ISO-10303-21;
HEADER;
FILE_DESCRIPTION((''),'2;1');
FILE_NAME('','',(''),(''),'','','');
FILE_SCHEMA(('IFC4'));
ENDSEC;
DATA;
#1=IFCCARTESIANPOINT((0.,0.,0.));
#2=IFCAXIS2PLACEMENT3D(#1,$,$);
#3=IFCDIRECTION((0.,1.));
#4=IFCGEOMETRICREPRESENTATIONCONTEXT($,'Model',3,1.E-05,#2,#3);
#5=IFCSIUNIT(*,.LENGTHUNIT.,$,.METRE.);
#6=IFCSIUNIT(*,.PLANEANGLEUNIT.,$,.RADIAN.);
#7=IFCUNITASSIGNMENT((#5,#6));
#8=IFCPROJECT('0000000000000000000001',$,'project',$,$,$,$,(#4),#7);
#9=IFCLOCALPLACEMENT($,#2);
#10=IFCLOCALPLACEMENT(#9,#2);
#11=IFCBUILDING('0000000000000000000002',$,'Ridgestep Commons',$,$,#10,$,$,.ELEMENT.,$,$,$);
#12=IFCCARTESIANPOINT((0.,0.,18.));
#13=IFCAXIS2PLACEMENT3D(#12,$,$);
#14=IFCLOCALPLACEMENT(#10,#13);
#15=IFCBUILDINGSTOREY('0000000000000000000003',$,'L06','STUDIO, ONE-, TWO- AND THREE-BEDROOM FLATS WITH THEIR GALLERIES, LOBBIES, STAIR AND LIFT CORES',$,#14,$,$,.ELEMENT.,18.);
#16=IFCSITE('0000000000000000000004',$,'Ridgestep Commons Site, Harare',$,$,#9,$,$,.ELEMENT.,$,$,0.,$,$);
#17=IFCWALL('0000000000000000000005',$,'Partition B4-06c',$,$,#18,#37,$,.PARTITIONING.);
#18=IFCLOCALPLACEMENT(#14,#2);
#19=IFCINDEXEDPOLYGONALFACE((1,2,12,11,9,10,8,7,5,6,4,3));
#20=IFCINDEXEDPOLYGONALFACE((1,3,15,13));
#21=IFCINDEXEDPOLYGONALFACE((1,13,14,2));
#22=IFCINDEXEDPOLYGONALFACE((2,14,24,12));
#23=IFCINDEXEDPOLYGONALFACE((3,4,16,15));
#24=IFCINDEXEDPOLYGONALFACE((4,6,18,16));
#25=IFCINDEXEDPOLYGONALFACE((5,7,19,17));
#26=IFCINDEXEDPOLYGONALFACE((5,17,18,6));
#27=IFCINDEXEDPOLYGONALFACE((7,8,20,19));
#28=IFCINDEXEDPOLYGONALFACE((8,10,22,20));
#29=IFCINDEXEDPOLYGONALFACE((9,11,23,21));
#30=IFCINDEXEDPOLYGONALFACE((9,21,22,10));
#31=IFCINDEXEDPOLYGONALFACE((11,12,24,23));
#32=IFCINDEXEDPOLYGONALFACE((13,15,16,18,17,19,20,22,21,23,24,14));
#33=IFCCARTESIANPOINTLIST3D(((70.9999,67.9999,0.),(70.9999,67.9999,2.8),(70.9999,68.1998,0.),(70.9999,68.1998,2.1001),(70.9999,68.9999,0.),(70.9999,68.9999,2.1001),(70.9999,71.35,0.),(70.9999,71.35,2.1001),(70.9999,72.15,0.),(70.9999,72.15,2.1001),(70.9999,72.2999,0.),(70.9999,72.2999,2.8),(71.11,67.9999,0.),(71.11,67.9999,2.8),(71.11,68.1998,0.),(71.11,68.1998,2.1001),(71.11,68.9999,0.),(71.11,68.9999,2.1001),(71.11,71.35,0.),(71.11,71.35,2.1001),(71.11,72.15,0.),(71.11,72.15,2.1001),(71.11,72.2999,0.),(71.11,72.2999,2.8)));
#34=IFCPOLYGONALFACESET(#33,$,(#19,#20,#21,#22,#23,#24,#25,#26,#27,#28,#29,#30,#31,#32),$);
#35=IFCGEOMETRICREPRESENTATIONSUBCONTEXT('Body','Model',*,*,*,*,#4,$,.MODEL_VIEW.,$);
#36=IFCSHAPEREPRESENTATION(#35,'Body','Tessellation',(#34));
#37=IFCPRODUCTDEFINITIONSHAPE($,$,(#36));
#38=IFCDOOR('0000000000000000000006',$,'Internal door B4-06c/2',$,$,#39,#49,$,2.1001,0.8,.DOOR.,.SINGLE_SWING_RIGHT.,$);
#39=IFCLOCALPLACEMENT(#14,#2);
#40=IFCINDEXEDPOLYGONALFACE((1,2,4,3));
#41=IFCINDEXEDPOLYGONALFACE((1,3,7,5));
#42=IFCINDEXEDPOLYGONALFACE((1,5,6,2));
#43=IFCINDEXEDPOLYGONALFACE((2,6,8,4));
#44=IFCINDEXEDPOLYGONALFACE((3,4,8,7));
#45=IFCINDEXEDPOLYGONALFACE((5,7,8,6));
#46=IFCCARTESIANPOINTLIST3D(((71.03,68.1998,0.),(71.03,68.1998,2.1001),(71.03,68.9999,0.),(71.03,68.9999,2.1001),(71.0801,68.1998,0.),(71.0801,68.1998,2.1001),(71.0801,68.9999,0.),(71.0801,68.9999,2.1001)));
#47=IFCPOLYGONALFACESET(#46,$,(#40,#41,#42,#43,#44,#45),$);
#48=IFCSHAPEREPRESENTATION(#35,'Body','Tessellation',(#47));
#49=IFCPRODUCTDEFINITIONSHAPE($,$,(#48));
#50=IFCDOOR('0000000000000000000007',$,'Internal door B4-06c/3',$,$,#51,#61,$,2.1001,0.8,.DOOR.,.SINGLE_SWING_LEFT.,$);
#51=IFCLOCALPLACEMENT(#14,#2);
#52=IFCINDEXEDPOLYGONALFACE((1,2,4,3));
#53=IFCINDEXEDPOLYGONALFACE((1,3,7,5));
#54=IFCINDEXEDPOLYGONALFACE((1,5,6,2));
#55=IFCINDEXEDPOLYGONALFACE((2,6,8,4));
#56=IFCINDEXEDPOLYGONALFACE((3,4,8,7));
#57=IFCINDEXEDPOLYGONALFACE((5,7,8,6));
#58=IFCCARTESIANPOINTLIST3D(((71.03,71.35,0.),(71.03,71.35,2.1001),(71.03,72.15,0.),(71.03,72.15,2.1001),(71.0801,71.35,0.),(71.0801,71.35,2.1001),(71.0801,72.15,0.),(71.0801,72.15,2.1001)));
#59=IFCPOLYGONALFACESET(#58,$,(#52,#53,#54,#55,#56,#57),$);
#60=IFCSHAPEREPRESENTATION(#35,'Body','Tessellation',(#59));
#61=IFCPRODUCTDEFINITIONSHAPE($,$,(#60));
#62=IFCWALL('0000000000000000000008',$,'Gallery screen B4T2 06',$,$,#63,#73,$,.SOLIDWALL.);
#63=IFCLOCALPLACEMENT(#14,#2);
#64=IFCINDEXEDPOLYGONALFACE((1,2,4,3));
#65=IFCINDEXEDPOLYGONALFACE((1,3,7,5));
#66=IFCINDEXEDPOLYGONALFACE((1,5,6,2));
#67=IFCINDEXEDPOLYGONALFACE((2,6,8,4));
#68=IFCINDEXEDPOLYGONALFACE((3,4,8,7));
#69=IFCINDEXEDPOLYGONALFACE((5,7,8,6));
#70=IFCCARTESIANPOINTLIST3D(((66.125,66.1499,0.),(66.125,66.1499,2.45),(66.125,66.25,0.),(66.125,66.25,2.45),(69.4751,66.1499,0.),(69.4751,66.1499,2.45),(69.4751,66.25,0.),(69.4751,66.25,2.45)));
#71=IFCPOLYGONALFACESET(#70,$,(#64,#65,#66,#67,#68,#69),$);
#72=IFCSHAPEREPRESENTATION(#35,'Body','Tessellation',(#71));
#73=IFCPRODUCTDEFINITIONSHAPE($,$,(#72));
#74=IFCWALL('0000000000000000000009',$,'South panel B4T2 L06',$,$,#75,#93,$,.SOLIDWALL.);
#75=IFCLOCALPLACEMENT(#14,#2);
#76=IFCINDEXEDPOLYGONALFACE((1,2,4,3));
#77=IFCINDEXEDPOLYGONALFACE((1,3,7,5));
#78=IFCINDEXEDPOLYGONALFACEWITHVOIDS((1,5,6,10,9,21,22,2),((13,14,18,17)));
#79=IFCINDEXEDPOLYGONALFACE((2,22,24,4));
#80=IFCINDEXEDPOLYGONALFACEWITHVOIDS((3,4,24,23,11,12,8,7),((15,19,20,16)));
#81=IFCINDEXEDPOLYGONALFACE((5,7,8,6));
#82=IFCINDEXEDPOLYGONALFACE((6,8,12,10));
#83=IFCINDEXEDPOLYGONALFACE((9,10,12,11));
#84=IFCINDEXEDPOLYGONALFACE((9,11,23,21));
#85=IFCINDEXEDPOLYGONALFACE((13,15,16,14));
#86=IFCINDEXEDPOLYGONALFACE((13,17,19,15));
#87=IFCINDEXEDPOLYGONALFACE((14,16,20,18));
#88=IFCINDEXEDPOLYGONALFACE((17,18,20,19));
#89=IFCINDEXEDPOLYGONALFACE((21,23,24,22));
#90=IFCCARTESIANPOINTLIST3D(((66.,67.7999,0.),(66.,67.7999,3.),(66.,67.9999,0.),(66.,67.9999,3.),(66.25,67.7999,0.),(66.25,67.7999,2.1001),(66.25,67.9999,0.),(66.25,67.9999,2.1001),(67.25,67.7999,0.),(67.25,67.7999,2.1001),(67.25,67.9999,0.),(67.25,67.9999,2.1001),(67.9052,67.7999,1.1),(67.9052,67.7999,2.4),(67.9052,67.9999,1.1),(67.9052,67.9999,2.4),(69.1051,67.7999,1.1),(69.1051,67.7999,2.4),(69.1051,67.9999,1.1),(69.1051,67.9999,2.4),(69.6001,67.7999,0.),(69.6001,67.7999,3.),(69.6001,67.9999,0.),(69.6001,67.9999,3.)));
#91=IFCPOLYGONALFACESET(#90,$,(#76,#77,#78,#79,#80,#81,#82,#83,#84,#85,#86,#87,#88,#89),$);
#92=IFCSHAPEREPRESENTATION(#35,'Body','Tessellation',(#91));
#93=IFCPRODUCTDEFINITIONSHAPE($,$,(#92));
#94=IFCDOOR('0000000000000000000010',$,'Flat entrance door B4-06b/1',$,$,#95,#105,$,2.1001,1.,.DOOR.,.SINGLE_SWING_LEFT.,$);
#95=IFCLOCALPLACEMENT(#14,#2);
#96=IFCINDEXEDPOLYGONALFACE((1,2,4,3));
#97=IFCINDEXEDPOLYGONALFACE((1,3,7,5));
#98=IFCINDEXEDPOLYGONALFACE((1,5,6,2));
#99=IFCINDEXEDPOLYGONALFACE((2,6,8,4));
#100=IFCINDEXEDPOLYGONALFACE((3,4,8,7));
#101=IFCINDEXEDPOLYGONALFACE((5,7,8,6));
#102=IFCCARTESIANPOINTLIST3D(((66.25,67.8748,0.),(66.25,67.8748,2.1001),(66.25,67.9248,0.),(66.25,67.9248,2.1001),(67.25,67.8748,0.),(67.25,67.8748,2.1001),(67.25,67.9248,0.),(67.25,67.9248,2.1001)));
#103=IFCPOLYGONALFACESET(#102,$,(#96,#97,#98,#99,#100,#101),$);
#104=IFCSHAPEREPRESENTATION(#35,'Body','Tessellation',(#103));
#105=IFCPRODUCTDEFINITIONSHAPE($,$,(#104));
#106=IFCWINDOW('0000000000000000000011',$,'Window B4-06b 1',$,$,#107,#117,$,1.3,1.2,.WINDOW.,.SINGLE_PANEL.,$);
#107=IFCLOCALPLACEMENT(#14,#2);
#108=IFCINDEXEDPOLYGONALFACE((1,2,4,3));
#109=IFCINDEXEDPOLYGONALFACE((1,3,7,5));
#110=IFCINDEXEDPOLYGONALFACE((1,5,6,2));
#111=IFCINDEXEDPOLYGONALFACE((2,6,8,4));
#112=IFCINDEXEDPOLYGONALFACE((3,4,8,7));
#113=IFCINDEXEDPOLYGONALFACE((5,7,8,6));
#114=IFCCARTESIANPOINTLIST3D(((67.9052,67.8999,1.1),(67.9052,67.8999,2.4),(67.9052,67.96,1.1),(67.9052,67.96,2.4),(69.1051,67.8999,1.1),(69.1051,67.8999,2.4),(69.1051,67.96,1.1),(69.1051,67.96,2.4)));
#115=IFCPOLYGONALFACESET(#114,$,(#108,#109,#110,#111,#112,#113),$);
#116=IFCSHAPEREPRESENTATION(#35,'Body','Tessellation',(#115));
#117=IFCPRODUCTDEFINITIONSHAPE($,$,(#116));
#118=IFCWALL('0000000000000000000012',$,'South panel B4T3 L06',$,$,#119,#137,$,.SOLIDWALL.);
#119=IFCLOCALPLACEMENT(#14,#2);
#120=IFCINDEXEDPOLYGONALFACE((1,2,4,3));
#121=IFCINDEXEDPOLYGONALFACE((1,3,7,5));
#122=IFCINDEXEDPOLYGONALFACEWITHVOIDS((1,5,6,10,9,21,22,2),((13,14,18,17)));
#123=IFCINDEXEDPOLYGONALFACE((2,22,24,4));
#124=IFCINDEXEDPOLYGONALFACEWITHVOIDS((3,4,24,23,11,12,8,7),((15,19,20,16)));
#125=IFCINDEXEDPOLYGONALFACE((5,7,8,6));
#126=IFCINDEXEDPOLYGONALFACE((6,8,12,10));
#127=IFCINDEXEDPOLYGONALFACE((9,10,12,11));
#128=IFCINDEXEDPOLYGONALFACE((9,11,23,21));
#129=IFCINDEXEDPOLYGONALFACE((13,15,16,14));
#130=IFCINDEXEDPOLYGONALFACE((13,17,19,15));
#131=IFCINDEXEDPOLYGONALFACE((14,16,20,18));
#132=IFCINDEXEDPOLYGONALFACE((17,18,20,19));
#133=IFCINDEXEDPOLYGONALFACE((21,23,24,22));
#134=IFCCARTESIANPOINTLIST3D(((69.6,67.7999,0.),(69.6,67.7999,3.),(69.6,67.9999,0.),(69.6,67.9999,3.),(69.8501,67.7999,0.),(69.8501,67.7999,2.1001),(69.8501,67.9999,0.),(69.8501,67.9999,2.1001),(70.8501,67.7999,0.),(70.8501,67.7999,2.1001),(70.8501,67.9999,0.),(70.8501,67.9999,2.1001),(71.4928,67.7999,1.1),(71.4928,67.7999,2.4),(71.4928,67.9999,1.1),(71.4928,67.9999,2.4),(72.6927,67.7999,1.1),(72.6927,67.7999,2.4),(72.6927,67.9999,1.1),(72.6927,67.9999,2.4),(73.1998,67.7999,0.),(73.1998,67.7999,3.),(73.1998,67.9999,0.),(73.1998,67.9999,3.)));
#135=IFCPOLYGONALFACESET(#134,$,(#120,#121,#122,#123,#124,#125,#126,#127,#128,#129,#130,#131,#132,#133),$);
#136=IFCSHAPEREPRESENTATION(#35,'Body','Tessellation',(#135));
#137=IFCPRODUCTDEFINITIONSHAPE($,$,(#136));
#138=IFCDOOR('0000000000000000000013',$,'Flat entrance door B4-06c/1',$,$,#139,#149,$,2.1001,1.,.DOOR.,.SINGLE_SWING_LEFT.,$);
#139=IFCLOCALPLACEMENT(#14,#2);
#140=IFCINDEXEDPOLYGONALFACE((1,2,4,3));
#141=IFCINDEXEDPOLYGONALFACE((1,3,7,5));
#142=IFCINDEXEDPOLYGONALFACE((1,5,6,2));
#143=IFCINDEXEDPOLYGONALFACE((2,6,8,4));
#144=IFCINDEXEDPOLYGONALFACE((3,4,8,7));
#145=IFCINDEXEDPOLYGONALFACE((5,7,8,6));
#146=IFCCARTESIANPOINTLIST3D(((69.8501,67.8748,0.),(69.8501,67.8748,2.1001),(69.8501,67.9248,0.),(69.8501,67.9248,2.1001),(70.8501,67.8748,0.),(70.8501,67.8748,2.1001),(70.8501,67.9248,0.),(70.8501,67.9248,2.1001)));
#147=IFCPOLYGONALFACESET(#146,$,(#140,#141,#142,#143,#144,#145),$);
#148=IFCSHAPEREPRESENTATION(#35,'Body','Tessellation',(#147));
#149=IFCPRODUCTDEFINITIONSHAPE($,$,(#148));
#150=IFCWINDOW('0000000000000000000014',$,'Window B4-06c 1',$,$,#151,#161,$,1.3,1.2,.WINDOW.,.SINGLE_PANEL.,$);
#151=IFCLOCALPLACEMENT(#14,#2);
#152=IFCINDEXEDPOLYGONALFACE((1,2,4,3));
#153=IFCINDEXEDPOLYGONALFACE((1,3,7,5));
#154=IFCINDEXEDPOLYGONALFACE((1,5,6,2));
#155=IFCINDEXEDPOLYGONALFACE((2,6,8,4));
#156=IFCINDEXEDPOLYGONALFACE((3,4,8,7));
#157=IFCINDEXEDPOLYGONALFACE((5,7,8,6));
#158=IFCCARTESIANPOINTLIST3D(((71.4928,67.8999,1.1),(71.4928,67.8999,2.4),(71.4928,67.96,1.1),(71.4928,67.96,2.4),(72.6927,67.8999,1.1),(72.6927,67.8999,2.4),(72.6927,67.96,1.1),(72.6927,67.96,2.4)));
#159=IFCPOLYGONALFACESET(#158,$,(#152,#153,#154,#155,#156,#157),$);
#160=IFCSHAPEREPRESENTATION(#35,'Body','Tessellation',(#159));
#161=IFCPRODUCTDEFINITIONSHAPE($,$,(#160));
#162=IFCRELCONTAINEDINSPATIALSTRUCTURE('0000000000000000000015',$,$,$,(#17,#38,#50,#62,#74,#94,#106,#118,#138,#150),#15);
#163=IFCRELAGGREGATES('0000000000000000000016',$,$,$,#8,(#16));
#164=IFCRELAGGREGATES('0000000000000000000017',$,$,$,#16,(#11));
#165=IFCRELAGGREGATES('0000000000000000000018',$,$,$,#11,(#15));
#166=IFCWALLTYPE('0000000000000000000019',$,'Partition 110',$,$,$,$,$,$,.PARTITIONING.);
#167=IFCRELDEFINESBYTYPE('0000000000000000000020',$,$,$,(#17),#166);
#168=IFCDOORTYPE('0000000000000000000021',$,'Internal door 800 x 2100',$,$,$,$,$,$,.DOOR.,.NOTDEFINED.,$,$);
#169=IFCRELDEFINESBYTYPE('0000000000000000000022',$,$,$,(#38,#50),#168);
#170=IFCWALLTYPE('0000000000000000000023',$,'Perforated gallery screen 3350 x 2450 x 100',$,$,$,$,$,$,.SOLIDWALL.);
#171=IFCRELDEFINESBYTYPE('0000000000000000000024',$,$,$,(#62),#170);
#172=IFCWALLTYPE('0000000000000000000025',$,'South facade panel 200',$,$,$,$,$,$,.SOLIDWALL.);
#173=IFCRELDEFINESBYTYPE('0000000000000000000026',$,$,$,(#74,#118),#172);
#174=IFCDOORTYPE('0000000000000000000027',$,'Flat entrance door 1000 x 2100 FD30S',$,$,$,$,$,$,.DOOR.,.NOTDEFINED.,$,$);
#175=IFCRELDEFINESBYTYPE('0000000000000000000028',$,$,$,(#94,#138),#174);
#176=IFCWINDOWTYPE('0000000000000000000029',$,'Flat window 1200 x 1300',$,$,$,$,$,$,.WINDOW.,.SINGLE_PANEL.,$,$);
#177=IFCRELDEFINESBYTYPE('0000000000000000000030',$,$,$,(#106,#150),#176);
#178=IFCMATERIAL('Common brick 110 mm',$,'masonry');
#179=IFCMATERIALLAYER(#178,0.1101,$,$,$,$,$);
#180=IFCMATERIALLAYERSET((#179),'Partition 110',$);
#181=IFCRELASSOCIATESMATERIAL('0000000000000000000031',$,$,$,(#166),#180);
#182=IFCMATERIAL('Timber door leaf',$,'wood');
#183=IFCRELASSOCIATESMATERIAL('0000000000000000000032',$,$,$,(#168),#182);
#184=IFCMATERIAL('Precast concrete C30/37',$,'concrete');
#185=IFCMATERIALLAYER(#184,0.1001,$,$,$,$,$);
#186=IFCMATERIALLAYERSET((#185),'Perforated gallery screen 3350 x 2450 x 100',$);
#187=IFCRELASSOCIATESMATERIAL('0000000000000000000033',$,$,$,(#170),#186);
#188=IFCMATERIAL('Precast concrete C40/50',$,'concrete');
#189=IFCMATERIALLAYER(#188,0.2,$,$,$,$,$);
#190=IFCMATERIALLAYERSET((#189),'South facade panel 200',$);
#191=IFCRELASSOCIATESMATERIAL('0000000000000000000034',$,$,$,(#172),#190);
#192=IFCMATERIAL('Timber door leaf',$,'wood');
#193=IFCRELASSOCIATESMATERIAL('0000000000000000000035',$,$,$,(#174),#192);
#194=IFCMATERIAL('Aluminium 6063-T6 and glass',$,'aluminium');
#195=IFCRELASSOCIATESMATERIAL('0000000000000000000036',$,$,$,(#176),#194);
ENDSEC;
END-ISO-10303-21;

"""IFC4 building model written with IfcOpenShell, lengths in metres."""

from ifc_helpers import new_model, si_unit, direction, frame, frame_2d, origin, place, context, subcontext, project, spatial, rectangle, extrude, material, layer, layer_set, type_object, element, fill, save


model = new_model("IFC4")

# Units and contexts
model_context = context("Model", 3, precision=1e-05, world=origin(), true_north=direction((0.0, 1.0)))
body_context = subcontext(model_context, "Body", "Model", "MODEL_VIEW")
ifc_project = project(units=[si_unit("LENGTHUNIT", "METRE"), si_unit("PLANEANGLEUNIT", "RADIAN")], contexts=[model_context])

# Site, building, storey
site_placement = place(None, origin())
site = spatial("IfcSite", under=ifc_project, at=site_placement, Name="Ridgestep Commons Site, Harare", CompositionType="ELEMENT", RefElevation=0.0)
building_placement = place(site_placement, origin())
building = spatial("IfcBuilding", under=site, at=building_placement, Name="Ridgestep Commons", CompositionType="ELEMENT")
storey_placement = place(building_placement, frame((0.0, 0.0, 18.0)))
storey = spatial("IfcBuildingStorey", under=building, at=storey_placement, Name="L06", Description="STUDIO, ONE-, TWO- AND THREE-BEDROOM FLATS WITH THEIR GALLERIES, LOBBIES, STAIR AND LIFT CORES", CompositionType="ELEMENT", Elevation=18.0)

# Wall, openings, doors
ifc_material_1 = material(Name="Common brick 110 mm", Category="masonry")
ifc_layer_1 = layer(ifc_material_1, 0.1101)
ifc_layer_set_1 = layer_set([ifc_layer_1], Name="Partition 110")
wall_type_1 = type_object("IfcWallType", Name="Partition 110", PredefinedType="PARTITIONING", material=ifc_layer_set_1)
ifc_material_2 = material(Name="Timber door leaf", Category="wood")
door_type_1 = type_object("IfcDoorType", Name="Internal door 800 x 2100", OperationType="NOTDEFINED", PredefinedType="DOOR", material=ifc_material_2)
wall_1_placement = place(storey_placement, frame((71.0549, 68.0, 0.0), z_axis=(0.0, 0.0, 1.0), x_axis=(0.0, 1.0, 0.0)))
wall_1 = element("IfcWall", 1, at=wall_1_placement, inside=storey, type_object=wall_type_1, Name="Partition B4-06c", PredefinedType="PARTITIONING", context=body_context, shape_type="SweptSolid", body=[
    extrude(rectangle(XDim=4.3, YDim=0.1101, at=frame_2d((2.1499, 0.0))), origin(), (0.0, 0.0, 1.0), 2.8),
])
opening_1_placement = place(wall_1_placement, frame((0.2, 0.0, 0.0)))
opening_1 = element("IfcOpeningElement", 2, at=opening_1_placement, cuts=wall_1, PredefinedType="OPENING", context=body_context, shape_type="SweptSolid", body=[
    extrude(rectangle(XDim=0.8, YDim=2.1001, at=frame_2d((0.3999, 1.05))), frame((0.0, 0.0649, 0.0), z_axis=(0.0, -1.0, 0.0), x_axis=(1.0, 0.0, 0.0)), (0.0, 0.0, 1.0), 0.1301),
])
opening_2_placement = place(wall_1_placement, frame((3.3501, 0.0, 0.0)))
opening_2 = element("IfcOpeningElement", 3, at=opening_2_placement, cuts=wall_1, PredefinedType="OPENING", context=body_context, shape_type="SweptSolid", body=[
    extrude(rectangle(XDim=0.8, YDim=2.1001, at=frame_2d((0.3999, 1.05))), frame((0.0, 0.0649, 0.0), z_axis=(0.0, -1.0, 0.0), x_axis=(1.0, 0.0, 0.0)), (0.0, 0.0, 1.0), 0.1301),
])
door_1_placement = place(opening_1_placement, origin())
door_1 = element("IfcDoor", 4, at=door_1_placement, inside=storey, type_object=door_type_1, Name="Internal door B4-06c/2", OperationType="SINGLE_SWING_RIGHT", OverallHeight=2.1001, OverallWidth=0.8, PredefinedType="DOOR", context=body_context, shape_type="SweptSolid", body=[
    extrude(rectangle(XDim=0.8, YDim=2.1001, at=frame_2d((0.3999, 1.05))), frame((0.0, 0.0249, 0.0), z_axis=(0.0, -1.0, 0.0), x_axis=(1.0, 0.0, 0.0)), (0.0, 0.0, 1.0), 0.05),
])
fill(opening_1, door_1)
door_2_placement = place(opening_2_placement, origin())
door_2 = element("IfcDoor", 5, at=door_2_placement, inside=storey, type_object=door_type_1, Name="Internal door B4-06c/3", OperationType="SINGLE_SWING_LEFT", OverallHeight=2.1001, OverallWidth=0.8, PredefinedType="DOOR", context=body_context, shape_type="SweptSolid", body=[
    extrude(rectangle(XDim=0.8, YDim=2.1001, at=frame_2d((0.3999, 1.05))), frame((0.0, 0.0249, 0.0), z_axis=(0.0, -1.0, 0.0), x_axis=(1.0, 0.0, 0.0)), (0.0, 0.0, 1.0), 0.05),
])
fill(opening_2, door_2)

# Wall
ifc_material_3 = material(Name="Precast concrete C30/37", Category="concrete")
ifc_layer_2 = layer(ifc_material_3, 0.1001)
ifc_layer_set_2 = layer_set([ifc_layer_2], Name="Perforated gallery screen 3350 x 2450 x 100")
wall_type_2 = type_object("IfcWallType", Name="Perforated gallery screen 3350 x 2450 x 100", PredefinedType="SOLIDWALL", material=ifc_layer_set_2)
wall_2_placement = place(storey_placement, frame((66.125, 66.2, 0.0), z_axis=(0.0, 0.0, 1.0), x_axis=(1.0, 0.0, 0.0)))
element("IfcWall", 6, at=wall_2_placement, inside=storey, type_object=wall_type_2, Name="Gallery screen B4T2 06", PredefinedType="SOLIDWALL", context=body_context, shape_type="SweptSolid", body=[
    extrude(rectangle(XDim=3.3501, YDim=0.1001, at=frame_2d((1.675, 0.0))), origin(), (0.0, 0.0, 1.0), 2.45),
])

# Walls, openings, doors, windows
ifc_material_4 = material(Name="Precast concrete C40/50", Category="concrete")
ifc_layer_3 = layer(ifc_material_4, 0.2)
ifc_layer_set_3 = layer_set([ifc_layer_3], Name="South facade panel 200")
wall_type_3 = type_object("IfcWallType", Name="South facade panel 200", PredefinedType="SOLIDWALL", material=ifc_layer_set_3)
wall_3_placement = place(storey_placement, frame((66.0, 67.8999, 0.0), z_axis=(0.0, 0.0, 1.0), x_axis=(1.0, 0.0, 0.0)))
wall_3 = element("IfcWall", 7, at=wall_3_placement, inside=storey, type_object=wall_type_3, Name="South panel B4T2 L06", PredefinedType="SOLIDWALL", context=body_context, shape_type="SweptSolid", body=[
    extrude(rectangle(XDim=3.6001, YDim=0.2, at=frame_2d((1.8, 0.0))), origin(), (0.0, 0.0, 1.0), 3.0),
])
opening_3_placement = place(wall_3_placement, frame((1.905, 0.0, 1.1001)))
opening_3 = element("IfcOpeningElement", 8, at=opening_3_placement, cuts=wall_3, PredefinedType="OPENING", context=body_context, shape_type="SweptSolid", body=[
    extrude(rectangle(XDim=1.2, YDim=1.3, at=frame_2d((0.6001, 0.6499))), frame((0.0, 0.1099, 0.0), z_axis=(0.0, -1.0, 0.0), x_axis=(1.0, 0.0, 0.0)), (0.0, 0.0, 1.0), 0.22),
])
opening_4_placement = place(wall_3_placement, frame((0.25, 0.0, 0.0)))
opening_4 = element("IfcOpeningElement", 9, at=opening_4_placement, cuts=wall_3, PredefinedType="OPENING", context=body_context, shape_type="SweptSolid", body=[
    extrude(rectangle(XDim=1.0, YDim=2.1001, at=frame_2d((0.5, 1.05))), frame((0.0, 0.1099, 0.0), z_axis=(0.0, -1.0, 0.0), x_axis=(1.0, 0.0, 0.0)), (0.0, 0.0, 1.0), 0.22),
])
ifc_material_5 = material(Name="Timber door leaf", Category="wood")
door_type_2 = type_object("IfcDoorType", Name="Flat entrance door 1000 x 2100 FD30S", OperationType="NOTDEFINED", PredefinedType="DOOR", material=ifc_material_5)
door_3_placement = place(opening_4_placement, origin())
door_3 = element("IfcDoor", 10, at=door_3_placement, inside=storey, type_object=door_type_2, Name="Flat entrance door B4-06b/1", OperationType="SINGLE_SWING_LEFT", OverallHeight=2.1001, OverallWidth=1.0, PredefinedType="DOOR", context=body_context, shape_type="SweptSolid", body=[
    extrude(rectangle(XDim=1.0, YDim=2.1001, at=frame_2d((0.5, 1.05))), frame((0.0, 0.0249, 0.0), z_axis=(0.0, -1.0, 0.0), x_axis=(1.0, 0.0, 0.0)), (0.0, 0.0, 1.0), 0.05),
])
fill(opening_4, door_3)
ifc_material_6 = material(Name="Aluminium 6063-T6 and glass", Category="aluminium")
window_type = type_object("IfcWindowType", Name="Flat window 1200 x 1300", PartitioningType="SINGLE_PANEL", PredefinedType="WINDOW", material=ifc_material_6)
window_1_placement = place(opening_3_placement, origin())
window_1 = element("IfcWindow", 11, at=window_1_placement, inside=storey, type_object=window_type, Name="Window B4-06b 1", OverallHeight=1.3, OverallWidth=1.2, PartitioningType="SINGLE_PANEL", PredefinedType="WINDOW", context=body_context, shape_type="SweptSolid", body=[
    extrude(rectangle(XDim=1.2, YDim=1.3, at=frame_2d((0.6001, 0.6499))), frame((0.0, 0.0601, 0.0), z_axis=(0.0, -1.0, 0.0), x_axis=(1.0, 0.0, 0.0)), (0.0, 0.0, 1.0), 0.0601),
])
fill(opening_3, window_1)
wall_4_placement = place(storey_placement, frame((69.6001, 67.8999, 0.0), z_axis=(0.0, 0.0, 1.0), x_axis=(1.0, 0.0, 0.0)))
wall_4 = element("IfcWall", 12, at=wall_4_placement, inside=storey, type_object=wall_type_3, Name="South panel B4T3 L06", PredefinedType="SOLIDWALL", context=body_context, shape_type="SweptSolid", body=[
    extrude(rectangle(XDim=3.5999, YDim=0.2, at=frame_2d((1.7998, 0.0))), origin(), (0.0, 0.0, 1.0), 3.0),
])
opening_5_placement = place(wall_4_placement, frame((1.8926, 0.0, 1.1001)))
opening_5 = element("IfcOpeningElement", 13, at=opening_5_placement, cuts=wall_4, PredefinedType="OPENING", context=body_context, shape_type="SweptSolid", body=[
    extrude(rectangle(XDim=1.2, YDim=1.3, at=frame_2d((0.6001, 0.6499))), frame((0.0, 0.1099, 0.0), z_axis=(0.0, -1.0, 0.0), x_axis=(1.0, 0.0, 0.0)), (0.0, 0.0, 1.0), 0.22),
])
opening_6_placement = place(wall_4_placement, frame((0.25, 0.0, 0.0)))
opening_6 = element("IfcOpeningElement", 14, at=opening_6_placement, cuts=wall_4, PredefinedType="OPENING", context=body_context, shape_type="SweptSolid", body=[
    extrude(rectangle(XDim=1.0, YDim=2.1001, at=frame_2d((0.5, 1.05))), frame((0.0, 0.1099, 0.0), z_axis=(0.0, -1.0, 0.0), x_axis=(1.0, 0.0, 0.0)), (0.0, 0.0, 1.0), 0.22),
])
door_4_placement = place(opening_6_placement, origin())
door_4 = element("IfcDoor", 15, at=door_4_placement, inside=storey, type_object=door_type_2, Name="Flat entrance door B4-06c/1", OperationType="SINGLE_SWING_LEFT", OverallHeight=2.1001, OverallWidth=1.0, PredefinedType="DOOR", context=body_context, shape_type="SweptSolid", body=[
    extrude(rectangle(XDim=1.0, YDim=2.1001, at=frame_2d((0.5, 1.05))), frame((0.0, 0.0249, 0.0), z_axis=(0.0, -1.0, 0.0), x_axis=(1.0, 0.0, 0.0)), (0.0, 0.0, 1.0), 0.05),
])
fill(opening_6, door_4)
window_2_placement = place(opening_5_placement, origin())
window_2 = element("IfcWindow", 16, at=window_2_placement, inside=storey, type_object=window_type, Name="Window B4-06c 1", OverallHeight=1.3, OverallWidth=1.2, PartitioningType="SINGLE_PANEL", PredefinedType="WINDOW", context=body_context, shape_type="SweptSolid", body=[
    extrude(rectangle(XDim=1.2, YDim=1.3, at=frame_2d((0.6001, 0.6499))), frame((0.0, 0.0601, 0.0), z_axis=(0.0, -1.0, 0.0), x_axis=(1.0, 0.0, 0.0)), (0.0, 0.0, 1.0), 0.0601),
])
fill(opening_5, window_2)

save(model, "model.ifc")
